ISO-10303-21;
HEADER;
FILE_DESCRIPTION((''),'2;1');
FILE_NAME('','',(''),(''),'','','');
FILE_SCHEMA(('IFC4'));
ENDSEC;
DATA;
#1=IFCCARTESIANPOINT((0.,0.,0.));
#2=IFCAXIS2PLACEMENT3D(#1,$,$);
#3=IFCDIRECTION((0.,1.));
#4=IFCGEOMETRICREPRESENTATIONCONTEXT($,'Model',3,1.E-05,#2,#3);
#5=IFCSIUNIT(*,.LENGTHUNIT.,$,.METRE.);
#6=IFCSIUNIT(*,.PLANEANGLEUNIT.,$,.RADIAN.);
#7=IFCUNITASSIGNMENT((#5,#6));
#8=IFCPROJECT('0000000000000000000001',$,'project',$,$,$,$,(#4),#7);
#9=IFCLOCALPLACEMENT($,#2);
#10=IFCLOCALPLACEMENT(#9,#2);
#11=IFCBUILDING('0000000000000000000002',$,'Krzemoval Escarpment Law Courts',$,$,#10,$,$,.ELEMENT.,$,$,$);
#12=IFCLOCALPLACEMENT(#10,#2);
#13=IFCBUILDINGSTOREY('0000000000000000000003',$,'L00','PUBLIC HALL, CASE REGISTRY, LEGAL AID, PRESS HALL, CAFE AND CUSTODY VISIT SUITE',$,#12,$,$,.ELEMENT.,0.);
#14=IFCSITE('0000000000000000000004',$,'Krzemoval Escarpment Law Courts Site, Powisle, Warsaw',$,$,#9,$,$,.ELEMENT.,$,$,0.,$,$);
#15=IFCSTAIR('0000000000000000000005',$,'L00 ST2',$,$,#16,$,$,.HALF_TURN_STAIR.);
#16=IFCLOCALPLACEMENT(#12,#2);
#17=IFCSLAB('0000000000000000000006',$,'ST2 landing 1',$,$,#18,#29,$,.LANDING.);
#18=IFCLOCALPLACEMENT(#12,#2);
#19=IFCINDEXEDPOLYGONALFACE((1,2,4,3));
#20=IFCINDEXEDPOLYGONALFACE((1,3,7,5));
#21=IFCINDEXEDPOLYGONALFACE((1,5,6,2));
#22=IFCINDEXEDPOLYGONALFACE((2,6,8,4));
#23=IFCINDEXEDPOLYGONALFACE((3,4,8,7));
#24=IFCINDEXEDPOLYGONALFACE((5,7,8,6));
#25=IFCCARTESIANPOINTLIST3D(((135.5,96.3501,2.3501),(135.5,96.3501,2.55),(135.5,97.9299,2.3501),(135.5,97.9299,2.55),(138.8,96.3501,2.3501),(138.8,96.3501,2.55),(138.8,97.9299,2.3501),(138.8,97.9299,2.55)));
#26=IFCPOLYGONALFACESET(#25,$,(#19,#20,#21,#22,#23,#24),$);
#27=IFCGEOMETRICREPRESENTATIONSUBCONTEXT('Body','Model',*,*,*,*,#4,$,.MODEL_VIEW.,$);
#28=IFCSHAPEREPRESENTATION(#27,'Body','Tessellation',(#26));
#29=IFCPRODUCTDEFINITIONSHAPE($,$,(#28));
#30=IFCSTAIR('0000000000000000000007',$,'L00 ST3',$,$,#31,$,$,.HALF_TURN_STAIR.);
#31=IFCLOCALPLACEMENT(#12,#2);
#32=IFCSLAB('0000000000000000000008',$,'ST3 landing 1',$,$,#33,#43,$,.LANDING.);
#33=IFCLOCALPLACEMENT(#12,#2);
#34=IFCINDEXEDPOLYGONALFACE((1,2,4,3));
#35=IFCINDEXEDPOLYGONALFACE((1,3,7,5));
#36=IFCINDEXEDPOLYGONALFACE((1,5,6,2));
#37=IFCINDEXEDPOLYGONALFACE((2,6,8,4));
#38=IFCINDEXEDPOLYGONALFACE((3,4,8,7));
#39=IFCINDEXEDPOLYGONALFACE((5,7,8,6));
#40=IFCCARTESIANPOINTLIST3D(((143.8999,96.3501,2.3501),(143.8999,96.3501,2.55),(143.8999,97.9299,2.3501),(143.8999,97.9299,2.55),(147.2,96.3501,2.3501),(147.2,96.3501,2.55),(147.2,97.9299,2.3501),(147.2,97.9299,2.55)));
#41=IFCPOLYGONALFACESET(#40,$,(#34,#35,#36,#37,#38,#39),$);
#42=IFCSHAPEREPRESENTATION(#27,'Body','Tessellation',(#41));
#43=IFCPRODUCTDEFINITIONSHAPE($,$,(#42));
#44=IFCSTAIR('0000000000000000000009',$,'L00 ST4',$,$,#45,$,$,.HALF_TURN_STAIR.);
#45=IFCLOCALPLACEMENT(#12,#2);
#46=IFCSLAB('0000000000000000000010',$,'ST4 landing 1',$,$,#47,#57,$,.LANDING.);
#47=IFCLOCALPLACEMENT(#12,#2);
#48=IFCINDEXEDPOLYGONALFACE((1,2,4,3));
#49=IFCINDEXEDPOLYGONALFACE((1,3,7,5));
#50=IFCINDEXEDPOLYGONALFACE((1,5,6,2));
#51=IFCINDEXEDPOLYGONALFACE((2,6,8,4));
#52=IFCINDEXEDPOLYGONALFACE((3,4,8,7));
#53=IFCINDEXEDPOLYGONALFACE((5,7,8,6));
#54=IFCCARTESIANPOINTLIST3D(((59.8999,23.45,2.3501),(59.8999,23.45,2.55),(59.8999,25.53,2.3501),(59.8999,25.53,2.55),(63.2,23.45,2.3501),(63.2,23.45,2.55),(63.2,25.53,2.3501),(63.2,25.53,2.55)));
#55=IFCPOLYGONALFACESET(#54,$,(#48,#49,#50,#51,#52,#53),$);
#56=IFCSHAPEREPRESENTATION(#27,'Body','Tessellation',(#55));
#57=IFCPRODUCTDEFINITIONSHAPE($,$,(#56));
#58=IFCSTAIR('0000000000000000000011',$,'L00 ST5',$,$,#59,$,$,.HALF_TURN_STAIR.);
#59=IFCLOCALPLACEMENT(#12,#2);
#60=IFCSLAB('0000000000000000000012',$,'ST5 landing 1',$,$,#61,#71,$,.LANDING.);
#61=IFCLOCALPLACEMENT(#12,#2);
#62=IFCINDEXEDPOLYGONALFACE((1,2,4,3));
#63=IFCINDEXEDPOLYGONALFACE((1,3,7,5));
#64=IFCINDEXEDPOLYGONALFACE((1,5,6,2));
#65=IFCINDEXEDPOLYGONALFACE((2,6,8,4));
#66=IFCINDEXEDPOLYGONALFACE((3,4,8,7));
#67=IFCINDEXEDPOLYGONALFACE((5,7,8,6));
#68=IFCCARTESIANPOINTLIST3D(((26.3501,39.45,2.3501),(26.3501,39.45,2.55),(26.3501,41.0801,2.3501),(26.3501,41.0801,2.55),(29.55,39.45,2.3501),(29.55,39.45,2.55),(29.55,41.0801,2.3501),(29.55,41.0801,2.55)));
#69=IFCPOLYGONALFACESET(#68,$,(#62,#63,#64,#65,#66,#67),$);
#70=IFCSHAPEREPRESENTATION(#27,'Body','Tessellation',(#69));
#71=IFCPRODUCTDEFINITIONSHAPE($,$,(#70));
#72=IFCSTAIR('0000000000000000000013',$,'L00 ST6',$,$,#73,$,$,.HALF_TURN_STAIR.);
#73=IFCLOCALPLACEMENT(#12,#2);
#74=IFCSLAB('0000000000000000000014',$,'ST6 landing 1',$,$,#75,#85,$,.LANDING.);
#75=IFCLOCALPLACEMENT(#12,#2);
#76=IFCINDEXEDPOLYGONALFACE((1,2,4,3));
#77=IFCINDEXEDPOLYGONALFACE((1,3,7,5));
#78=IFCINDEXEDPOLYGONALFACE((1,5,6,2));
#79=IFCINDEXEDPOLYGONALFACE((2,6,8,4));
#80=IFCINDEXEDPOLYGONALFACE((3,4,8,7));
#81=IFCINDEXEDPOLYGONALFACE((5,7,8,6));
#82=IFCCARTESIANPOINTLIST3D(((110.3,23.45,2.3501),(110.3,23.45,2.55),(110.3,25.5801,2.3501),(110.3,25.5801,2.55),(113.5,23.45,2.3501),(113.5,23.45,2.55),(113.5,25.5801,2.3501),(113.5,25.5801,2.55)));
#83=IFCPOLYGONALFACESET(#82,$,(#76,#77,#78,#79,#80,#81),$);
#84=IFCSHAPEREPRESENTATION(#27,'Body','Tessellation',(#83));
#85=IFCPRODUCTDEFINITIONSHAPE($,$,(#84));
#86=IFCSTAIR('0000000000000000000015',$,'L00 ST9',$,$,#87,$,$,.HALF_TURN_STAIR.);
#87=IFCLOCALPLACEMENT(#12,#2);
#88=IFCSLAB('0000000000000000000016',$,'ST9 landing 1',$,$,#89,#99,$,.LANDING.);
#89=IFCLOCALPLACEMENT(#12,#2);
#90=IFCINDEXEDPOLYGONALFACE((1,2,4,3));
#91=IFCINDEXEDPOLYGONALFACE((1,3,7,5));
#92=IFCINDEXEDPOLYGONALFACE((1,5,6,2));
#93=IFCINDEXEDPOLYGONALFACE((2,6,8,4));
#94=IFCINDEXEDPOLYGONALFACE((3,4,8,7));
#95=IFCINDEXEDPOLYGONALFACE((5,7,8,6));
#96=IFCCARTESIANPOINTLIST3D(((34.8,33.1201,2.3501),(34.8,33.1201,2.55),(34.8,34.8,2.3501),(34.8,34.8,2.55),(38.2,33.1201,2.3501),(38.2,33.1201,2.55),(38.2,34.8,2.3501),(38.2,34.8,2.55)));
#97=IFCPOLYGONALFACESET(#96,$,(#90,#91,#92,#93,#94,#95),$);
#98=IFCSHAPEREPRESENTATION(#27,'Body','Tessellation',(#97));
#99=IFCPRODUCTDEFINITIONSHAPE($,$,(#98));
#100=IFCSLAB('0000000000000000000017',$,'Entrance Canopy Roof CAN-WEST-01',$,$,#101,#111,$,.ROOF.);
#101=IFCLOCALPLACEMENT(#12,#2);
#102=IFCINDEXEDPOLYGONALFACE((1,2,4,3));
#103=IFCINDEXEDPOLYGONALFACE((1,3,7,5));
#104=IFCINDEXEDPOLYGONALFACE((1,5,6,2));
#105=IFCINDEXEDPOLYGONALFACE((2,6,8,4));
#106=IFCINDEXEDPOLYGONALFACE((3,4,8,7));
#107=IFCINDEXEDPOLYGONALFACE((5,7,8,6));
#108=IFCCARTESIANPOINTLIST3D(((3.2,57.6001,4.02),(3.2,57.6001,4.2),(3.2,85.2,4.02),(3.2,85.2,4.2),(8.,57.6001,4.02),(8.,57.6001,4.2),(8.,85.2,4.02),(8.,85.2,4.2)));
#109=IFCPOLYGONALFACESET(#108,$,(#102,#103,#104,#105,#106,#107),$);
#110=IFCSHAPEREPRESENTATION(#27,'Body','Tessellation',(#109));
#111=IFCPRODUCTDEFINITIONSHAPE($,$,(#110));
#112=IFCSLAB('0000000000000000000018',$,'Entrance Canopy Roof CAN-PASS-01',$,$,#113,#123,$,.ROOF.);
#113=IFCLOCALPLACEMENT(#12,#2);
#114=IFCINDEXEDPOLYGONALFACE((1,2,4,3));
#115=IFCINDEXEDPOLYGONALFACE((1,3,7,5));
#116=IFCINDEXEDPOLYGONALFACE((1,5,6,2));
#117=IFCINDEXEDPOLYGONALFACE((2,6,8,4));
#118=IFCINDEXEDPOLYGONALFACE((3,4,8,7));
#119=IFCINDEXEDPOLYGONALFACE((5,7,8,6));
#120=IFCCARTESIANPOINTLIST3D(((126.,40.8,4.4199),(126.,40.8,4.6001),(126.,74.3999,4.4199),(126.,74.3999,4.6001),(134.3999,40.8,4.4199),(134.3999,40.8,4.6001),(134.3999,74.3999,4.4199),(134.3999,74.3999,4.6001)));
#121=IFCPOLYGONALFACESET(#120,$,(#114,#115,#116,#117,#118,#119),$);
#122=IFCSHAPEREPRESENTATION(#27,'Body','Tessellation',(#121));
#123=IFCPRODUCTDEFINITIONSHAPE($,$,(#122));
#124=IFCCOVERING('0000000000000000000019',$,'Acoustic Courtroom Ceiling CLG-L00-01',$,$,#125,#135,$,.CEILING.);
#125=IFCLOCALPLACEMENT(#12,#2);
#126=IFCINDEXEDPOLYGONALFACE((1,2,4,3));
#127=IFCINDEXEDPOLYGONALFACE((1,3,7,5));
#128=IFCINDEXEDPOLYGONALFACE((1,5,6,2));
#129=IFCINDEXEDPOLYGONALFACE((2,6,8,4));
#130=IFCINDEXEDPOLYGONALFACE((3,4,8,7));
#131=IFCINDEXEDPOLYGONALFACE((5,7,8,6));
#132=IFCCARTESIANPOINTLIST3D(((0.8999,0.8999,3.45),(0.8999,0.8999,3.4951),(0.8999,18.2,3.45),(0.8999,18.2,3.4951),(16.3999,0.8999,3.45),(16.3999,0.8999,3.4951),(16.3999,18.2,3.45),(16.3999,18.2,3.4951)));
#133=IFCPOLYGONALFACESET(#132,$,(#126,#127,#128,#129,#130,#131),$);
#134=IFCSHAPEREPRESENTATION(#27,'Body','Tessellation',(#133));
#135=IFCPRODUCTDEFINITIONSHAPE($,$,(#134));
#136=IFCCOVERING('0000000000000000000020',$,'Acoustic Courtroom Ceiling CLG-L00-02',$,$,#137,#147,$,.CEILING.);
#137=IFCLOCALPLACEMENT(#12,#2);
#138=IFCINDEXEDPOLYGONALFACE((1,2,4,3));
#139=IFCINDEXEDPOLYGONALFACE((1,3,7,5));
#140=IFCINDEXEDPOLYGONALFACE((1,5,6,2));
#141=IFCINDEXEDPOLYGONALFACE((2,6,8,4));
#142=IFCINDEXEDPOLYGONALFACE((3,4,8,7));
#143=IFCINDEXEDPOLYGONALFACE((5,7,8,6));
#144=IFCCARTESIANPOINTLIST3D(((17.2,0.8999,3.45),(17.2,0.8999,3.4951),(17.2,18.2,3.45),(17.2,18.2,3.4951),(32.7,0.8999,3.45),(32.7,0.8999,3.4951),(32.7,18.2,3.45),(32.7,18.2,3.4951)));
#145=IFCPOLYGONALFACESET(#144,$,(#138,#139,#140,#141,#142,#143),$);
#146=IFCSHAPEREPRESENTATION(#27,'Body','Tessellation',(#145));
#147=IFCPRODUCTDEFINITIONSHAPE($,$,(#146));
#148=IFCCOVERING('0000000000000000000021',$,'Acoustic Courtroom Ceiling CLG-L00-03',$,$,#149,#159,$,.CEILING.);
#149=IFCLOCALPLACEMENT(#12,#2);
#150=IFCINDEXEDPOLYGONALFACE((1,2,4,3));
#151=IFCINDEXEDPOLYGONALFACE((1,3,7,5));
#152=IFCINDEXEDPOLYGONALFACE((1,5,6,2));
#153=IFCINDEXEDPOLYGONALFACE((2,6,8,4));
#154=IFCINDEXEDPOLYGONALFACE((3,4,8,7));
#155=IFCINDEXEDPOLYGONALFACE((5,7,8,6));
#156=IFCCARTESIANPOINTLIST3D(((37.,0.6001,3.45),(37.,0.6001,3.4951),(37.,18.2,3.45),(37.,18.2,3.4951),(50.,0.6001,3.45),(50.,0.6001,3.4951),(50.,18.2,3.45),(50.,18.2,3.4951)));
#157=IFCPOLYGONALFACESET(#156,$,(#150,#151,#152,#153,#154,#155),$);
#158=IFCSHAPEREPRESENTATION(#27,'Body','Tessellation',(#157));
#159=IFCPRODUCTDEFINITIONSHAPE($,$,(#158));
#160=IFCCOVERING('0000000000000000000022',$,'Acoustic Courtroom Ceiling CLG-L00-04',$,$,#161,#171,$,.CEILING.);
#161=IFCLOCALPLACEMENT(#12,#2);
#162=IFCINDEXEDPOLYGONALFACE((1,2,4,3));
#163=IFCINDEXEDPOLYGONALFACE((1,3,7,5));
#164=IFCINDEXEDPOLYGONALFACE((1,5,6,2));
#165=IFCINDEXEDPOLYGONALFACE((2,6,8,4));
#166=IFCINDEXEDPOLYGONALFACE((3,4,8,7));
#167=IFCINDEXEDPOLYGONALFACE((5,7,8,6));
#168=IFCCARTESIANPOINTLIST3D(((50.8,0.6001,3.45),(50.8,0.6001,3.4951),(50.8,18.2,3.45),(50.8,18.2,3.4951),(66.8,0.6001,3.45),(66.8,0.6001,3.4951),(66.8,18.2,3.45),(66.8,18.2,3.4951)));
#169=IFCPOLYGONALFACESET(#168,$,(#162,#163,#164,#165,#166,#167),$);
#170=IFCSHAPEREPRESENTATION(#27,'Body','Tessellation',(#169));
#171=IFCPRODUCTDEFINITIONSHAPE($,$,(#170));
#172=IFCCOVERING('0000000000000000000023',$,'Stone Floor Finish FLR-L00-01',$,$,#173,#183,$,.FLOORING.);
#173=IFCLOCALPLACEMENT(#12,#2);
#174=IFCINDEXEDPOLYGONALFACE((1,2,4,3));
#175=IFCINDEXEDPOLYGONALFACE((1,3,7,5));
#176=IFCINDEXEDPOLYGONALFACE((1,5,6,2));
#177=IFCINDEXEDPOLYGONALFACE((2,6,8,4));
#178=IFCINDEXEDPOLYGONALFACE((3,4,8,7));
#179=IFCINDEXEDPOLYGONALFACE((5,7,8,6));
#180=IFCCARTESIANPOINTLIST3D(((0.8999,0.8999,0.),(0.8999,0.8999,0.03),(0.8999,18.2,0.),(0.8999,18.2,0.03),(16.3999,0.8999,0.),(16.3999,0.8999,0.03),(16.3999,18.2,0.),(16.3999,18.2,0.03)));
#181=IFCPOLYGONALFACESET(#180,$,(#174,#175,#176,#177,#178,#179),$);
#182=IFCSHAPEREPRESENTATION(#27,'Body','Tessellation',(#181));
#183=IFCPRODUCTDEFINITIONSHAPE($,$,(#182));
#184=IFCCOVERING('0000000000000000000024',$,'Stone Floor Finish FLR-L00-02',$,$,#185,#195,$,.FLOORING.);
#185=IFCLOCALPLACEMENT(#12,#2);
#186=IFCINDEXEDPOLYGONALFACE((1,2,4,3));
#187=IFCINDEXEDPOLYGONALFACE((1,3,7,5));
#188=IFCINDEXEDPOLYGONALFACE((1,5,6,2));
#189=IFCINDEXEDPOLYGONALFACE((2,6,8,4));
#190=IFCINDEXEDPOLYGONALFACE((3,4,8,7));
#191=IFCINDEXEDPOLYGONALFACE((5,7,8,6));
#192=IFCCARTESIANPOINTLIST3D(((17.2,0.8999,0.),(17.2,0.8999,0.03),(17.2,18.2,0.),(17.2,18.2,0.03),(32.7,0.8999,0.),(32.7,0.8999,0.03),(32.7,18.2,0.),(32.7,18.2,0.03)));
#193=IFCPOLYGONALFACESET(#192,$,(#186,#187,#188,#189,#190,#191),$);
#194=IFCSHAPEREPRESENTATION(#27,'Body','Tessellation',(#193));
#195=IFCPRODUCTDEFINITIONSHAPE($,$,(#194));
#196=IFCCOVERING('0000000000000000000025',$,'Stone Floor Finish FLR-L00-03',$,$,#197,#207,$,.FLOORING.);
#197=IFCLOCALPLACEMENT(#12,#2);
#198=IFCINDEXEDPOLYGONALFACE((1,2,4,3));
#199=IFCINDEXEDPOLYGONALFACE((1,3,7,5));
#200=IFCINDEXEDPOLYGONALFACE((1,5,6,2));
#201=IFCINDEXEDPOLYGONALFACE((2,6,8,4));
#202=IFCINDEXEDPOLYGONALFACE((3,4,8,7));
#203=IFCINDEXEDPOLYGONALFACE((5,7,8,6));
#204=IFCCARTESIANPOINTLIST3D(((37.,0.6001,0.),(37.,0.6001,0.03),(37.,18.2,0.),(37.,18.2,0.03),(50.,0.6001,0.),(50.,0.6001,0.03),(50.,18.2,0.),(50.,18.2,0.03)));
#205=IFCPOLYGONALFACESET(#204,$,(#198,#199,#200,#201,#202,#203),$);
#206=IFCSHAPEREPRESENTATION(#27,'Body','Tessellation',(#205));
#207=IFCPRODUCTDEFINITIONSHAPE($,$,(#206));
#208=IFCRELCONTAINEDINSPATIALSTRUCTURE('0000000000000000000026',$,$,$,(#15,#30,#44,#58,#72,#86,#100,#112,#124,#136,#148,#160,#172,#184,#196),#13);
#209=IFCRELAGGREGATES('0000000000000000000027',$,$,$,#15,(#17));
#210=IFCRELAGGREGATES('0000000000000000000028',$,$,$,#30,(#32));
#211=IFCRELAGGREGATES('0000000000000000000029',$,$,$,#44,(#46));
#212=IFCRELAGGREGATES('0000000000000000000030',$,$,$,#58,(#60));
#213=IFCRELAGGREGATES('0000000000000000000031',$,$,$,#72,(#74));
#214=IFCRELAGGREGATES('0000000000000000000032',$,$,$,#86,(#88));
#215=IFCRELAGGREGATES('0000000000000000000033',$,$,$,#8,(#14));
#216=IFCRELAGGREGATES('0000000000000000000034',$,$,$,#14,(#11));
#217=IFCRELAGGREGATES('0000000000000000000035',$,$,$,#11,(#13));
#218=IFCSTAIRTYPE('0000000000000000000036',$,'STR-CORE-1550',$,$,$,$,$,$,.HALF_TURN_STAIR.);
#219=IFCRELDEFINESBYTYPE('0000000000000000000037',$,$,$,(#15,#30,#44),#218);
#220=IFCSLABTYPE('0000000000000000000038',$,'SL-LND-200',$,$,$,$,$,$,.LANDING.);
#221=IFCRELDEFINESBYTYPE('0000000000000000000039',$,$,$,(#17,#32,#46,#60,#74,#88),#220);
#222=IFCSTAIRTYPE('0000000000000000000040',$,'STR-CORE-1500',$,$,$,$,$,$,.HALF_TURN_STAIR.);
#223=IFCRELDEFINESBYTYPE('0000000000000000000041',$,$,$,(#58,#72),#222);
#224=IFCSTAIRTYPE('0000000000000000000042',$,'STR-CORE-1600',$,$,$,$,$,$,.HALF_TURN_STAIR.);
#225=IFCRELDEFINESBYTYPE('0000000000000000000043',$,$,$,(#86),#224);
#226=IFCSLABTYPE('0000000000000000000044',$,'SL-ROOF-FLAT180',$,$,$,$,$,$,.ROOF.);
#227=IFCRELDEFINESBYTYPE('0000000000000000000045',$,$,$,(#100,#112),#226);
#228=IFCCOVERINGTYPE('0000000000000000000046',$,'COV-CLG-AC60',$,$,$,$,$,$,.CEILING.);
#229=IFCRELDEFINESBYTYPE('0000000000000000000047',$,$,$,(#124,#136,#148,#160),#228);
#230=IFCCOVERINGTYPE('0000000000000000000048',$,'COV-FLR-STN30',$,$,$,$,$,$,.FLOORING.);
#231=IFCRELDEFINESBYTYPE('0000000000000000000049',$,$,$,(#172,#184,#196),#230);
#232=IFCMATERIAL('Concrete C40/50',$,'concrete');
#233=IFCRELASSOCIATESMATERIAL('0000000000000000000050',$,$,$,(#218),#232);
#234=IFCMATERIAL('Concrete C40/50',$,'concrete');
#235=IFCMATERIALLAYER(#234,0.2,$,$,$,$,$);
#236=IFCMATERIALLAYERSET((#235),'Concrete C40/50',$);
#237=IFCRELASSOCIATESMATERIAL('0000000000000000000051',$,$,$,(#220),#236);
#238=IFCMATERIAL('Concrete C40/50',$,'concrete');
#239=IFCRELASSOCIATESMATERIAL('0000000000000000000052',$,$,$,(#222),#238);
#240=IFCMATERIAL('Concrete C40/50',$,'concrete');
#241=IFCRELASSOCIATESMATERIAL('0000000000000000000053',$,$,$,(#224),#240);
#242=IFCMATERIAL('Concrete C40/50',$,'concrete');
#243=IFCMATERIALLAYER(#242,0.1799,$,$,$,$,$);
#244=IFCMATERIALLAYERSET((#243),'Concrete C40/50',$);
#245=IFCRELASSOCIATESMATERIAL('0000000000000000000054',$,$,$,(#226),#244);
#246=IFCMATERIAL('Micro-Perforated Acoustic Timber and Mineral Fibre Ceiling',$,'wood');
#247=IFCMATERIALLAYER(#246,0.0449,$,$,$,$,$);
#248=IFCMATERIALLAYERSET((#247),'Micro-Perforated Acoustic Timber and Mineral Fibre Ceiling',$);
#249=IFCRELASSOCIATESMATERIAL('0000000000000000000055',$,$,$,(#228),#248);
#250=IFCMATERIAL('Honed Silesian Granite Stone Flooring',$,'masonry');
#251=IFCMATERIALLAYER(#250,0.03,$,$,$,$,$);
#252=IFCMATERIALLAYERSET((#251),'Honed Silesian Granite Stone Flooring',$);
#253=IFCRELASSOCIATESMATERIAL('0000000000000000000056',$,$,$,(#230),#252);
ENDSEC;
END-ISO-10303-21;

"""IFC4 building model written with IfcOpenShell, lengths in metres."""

from ifc_helpers import new_model, si_unit, direction, frame, origin, place, context, subcontext, project, spatial, polyline, outline, extrude, material, layer, layer_set, type_object, element, aggregate, save


model = new_model("IFC4")

# Units and contexts
model_context = context("Model", 3, precision=1e-05, world=origin(), true_north=direction((0.0, 1.0)))
body_context = subcontext(model_context, "Body", "Model", "MODEL_VIEW")
ifc_project = project(units=[si_unit("LENGTHUNIT", "METRE"), si_unit("PLANEANGLEUNIT", "RADIAN")], contexts=[model_context])

# Site, building, storey
site_placement = place(None, origin())
site = spatial("IfcSite", under=ifc_project, at=site_placement, Name="Krzemoval Escarpment Law Courts Site, Powisle, Warsaw", CompositionType="ELEMENT", RefElevation=0.0)
building_placement = place(site_placement, origin())
building = spatial("IfcBuilding", under=site, at=building_placement, Name="Krzemoval Escarpment Law Courts", CompositionType="ELEMENT")
storey_placement = place(building_placement, origin())
storey = spatial("IfcBuildingStorey", under=building, at=storey_placement, Name="L00", Description="PUBLIC HALL, CASE REGISTRY, LEGAL AID, PRESS HALL, CAFE AND CUSTODY VISIT SUITE", CompositionType="ELEMENT", Elevation=0.0)

# Stairs, slabs
ifc_material_1 = material(Name="Concrete C40/50", Category="concrete")
stair_type_1 = type_object("IfcStairType", Name="STR-CORE-1550", PredefinedType="HALF_TURN_STAIR", material=ifc_material_1)
ifc_material_2 = material(Name="Concrete C40/50", Category="concrete")
ifc_layer_1 = layer(ifc_material_2, 0.2)
ifc_layer_set_1 = layer_set([ifc_layer_1], Name="Concrete C40/50")
slab_type_1 = type_object("IfcSlabType", Name="SL-LND-200", PredefinedType="LANDING", material=ifc_layer_set_1)
stair_1_placement = place(storey_placement, origin())
stair_1 = element("IfcStair", 1, at=stair_1_placement, inside=storey, type_object=stair_type_1, Name="L00 ST2", PredefinedType="HALF_TURN_STAIR")
slab_1_placement = place(storey_placement, frame((0.0, 0.0, 2.3501)))
slab_1 = element("IfcSlab", 2, at=slab_1_placement, type_object=slab_type_1, Name="ST2 landing 1", PredefinedType="LANDING", context=body_context, shape_type="SweptSolid", body=[
    extrude(outline(polyline([(135.5, 97.9299), (135.5, 96.3501), (138.8, 96.3501), (138.8, 97.9299), (135.5, 97.9299)])), origin(), (0.0, 0.0, 1.0), 0.2),
])
aggregate(stair_1, [slab_1])
stair_2_placement = place(storey_placement, origin())
stair_2 = element("IfcStair", 3, at=stair_2_placement, inside=storey, type_object=stair_type_1, Name="L00 ST3", PredefinedType="HALF_TURN_STAIR")
slab_2_placement = place(storey_placement, frame((0.0, 0.0, 2.3501)))
slab_2 = element("IfcSlab", 4, at=slab_2_placement, type_object=slab_type_1, Name="ST3 landing 1", PredefinedType="LANDING", context=body_context, shape_type="SweptSolid", body=[
    extrude(outline(polyline([(143.8999, 97.9299), (143.8999, 96.3501), (147.2, 96.3501), (147.2, 97.9299), (143.8999, 97.9299)])), origin(), (0.0, 0.0, 1.0), 0.2),
])
aggregate(stair_2, [slab_2])
stair_3_placement = place(storey_placement, origin())
stair_3 = element("IfcStair", 5, at=stair_3_placement, inside=storey, type_object=stair_type_1, Name="L00 ST4", PredefinedType="HALF_TURN_STAIR")
slab_3_placement = place(storey_placement, frame((0.0, 0.0, 2.3501)))
slab_3 = element("IfcSlab", 6, at=slab_3_placement, type_object=slab_type_1, Name="ST4 landing 1", PredefinedType="LANDING", context=body_context, shape_type="SweptSolid", body=[
    extrude(outline(polyline([(59.8999, 25.53), (59.8999, 23.45), (63.2, 23.45), (63.2, 25.53), (59.8999, 25.53)])), origin(), (0.0, 0.0, 1.0), 0.2),
])
aggregate(stair_3, [slab_3])
ifc_material_3 = material(Name="Concrete C40/50", Category="concrete")
stair_type_2 = type_object("IfcStairType", Name="STR-CORE-1500", PredefinedType="HALF_TURN_STAIR", material=ifc_material_3)
stair_4_placement = place(storey_placement, origin())
stair_4 = element("IfcStair", 7, at=stair_4_placement, inside=storey, type_object=stair_type_2, Name="L00 ST5", PredefinedType="HALF_TURN_STAIR")
slab_4_placement = place(storey_placement, frame((0.0, 0.0, 2.3501)))
slab_4 = element("IfcSlab", 8, at=slab_4_placement, type_object=slab_type_1, Name="ST5 landing 1", PredefinedType="LANDING", context=body_context, shape_type="SweptSolid", body=[
    extrude(outline(polyline([(26.3501, 41.0801), (26.3501, 39.45), (29.55, 39.45), (29.55, 41.0801), (26.3501, 41.0801)])), origin(), (0.0, 0.0, 1.0), 0.2),
])
aggregate(stair_4, [slab_4])
stair_5_placement = place(storey_placement, origin())
stair_5 = element("IfcStair", 9, at=stair_5_placement, inside=storey, type_object=stair_type_2, Name="L00 ST6", PredefinedType="HALF_TURN_STAIR")
slab_5_placement = place(storey_placement, frame((0.0, 0.0, 2.3501)))
slab_5 = element("IfcSlab", 10, at=slab_5_placement, type_object=slab_type_1, Name="ST6 landing 1", PredefinedType="LANDING", context=body_context, shape_type="SweptSolid", body=[
    extrude(outline(polyline([(110.3, 25.5801), (110.3, 23.45), (113.5, 23.45), (113.5, 25.5801), (110.3, 25.5801)])), origin(), (0.0, 0.0, 1.0), 0.2),
])
aggregate(stair_5, [slab_5])
ifc_material_4 = material(Name="Concrete C40/50", Category="concrete")
stair_type_3 = type_object("IfcStairType", Name="STR-CORE-1600", PredefinedType="HALF_TURN_STAIR", material=ifc_material_4)
stair_6_placement = place(storey_placement, origin())
stair_6 = element("IfcStair", 11, at=stair_6_placement, inside=storey, type_object=stair_type_3, Name="L00 ST9", PredefinedType="HALF_TURN_STAIR")
slab_6_placement = place(storey_placement, frame((0.0, 0.0, 2.3501)))
slab_6 = element("IfcSlab", 12, at=slab_6_placement, type_object=slab_type_1, Name="ST9 landing 1", PredefinedType="LANDING", context=body_context, shape_type="SweptSolid", body=[
    extrude(outline(polyline([(38.2, 33.1201), (38.2, 34.8), (34.8, 34.8), (34.8, 33.1201), (38.2, 33.1201)])), origin(), (0.0, 0.0, 1.0), 0.2),
])
aggregate(stair_6, [slab_6])

# Slabs
ifc_material_5 = material(Name="Concrete C40/50", Category="concrete")
ifc_layer_2 = layer(ifc_material_5, 0.1799)
ifc_layer_set_2 = layer_set([ifc_layer_2], Name="Concrete C40/50")
slab_type_2 = type_object("IfcSlabType", Name="SL-ROOF-FLAT180", PredefinedType="ROOF", material=ifc_layer_set_2)
slab_7_placement = place(storey_placement, frame((0.0, 0.0, 4.02)))
element("IfcSlab", 13, at=slab_7_placement, inside=storey, type_object=slab_type_2, Name="Entrance Canopy Roof CAN-WEST-01", PredefinedType="ROOF", context=body_context, shape_type="SweptSolid", body=[
    extrude(outline(polyline([(8.0, 57.6001), (8.0, 85.2), (3.2, 85.2), (3.2, 57.6001), (8.0, 57.6001)])), origin(), (0.0, 0.0, 1.0), 0.1799),
])
slab_8_placement = place(storey_placement, frame((0.0, 0.0, 4.4199)))
element("IfcSlab", 14, at=slab_8_placement, inside=storey, type_object=slab_type_2, Name="Entrance Canopy Roof CAN-PASS-01", PredefinedType="ROOF", context=body_context, shape_type="SweptSolid", body=[
    extrude(outline(polyline([(134.3999, 40.8), (134.3999, 74.3999), (126.0, 74.3999), (126.0, 40.8), (134.3999, 40.8)])), origin(), (0.0, 0.0, 1.0), 0.1802),
])

# Coverings
ifc_material_6 = material(Name="Micro-Perforated Acoustic Timber and Mineral Fibre Ceiling", Category="wood")
ifc_layer_3 = layer(ifc_material_6, 0.0449)
ifc_layer_set_3 = layer_set([ifc_layer_3], Name="Micro-Perforated Acoustic Timber and Mineral Fibre Ceiling")
covering_type_1 = type_object("IfcCoveringType", Name="COV-CLG-AC60", PredefinedType="CEILING", material=ifc_layer_set_3)
covering_1_placement = place(storey_placement, frame((0.0, 0.0, 3.45)))
element("IfcCovering", 15, at=covering_1_placement, inside=storey, type_object=covering_type_1, Name="Acoustic Courtroom Ceiling CLG-L00-01", PredefinedType="CEILING", context=body_context, shape_type="SweptSolid", body=[
    extrude(outline(polyline([(0.8999, 0.8999), (0.8999, 18.2), (16.3999, 18.2), (16.3999, 0.8999), (0.8999, 0.8999)])), origin(), (0.0, 0.0, 1.0), 0.0452),
])
covering_2_placement = place(storey_placement, frame((0.0, 0.0, 3.45)))
element("IfcCovering", 16, at=covering_2_placement, inside=storey, type_object=covering_type_1, Name="Acoustic Courtroom Ceiling CLG-L00-02", PredefinedType="CEILING", context=body_context, shape_type="SweptSolid", body=[
    extrude(outline(polyline([(17.2, 0.8999), (17.2, 18.2), (32.7, 18.2), (32.7, 0.8999), (17.2, 0.8999)])), origin(), (0.0, 0.0, 1.0), 0.0452),
])
covering_3_placement = place(storey_placement, frame((0.0, 0.0, 3.45)))
element("IfcCovering", 17, at=covering_3_placement, inside=storey, type_object=covering_type_1, Name="Acoustic Courtroom Ceiling CLG-L00-03", PredefinedType="CEILING", context=body_context, shape_type="SweptSolid", body=[
    extrude(outline(polyline([(37.0, 0.6001), (37.0, 18.2), (50.0, 18.2), (50.0, 0.6001), (37.0, 0.6001)])), origin(), (0.0, 0.0, 1.0), 0.0452),
])
covering_4_placement = place(storey_placement, frame((0.0, 0.0, 3.45)))
element("IfcCovering", 18, at=covering_4_placement, inside=storey, type_object=covering_type_1, Name="Acoustic Courtroom Ceiling CLG-L00-04", PredefinedType="CEILING", context=body_context, shape_type="SweptSolid", body=[
    extrude(outline(polyline([(50.8, 0.6001), (50.8, 18.2), (66.8, 18.2), (66.8, 0.6001), (50.8, 0.6001)])), origin(), (0.0, 0.0, 1.0), 0.0452),
])
ifc_material_7 = material(Name="Honed Silesian Granite Stone Flooring", Category="masonry")
ifc_layer_4 = layer(ifc_material_7, 0.03)
ifc_layer_set_4 = layer_set([ifc_layer_4], Name="Honed Silesian Granite Stone Flooring")
covering_type_2 = type_object("IfcCoveringType", Name="COV-FLR-STN30", PredefinedType="FLOORING", material=ifc_layer_set_4)
covering_5_placement = place(storey_placement, origin())
element("IfcCovering", 19, at=covering_5_placement, inside=storey, type_object=covering_type_2, Name="Stone Floor Finish FLR-L00-01", PredefinedType="FLOORING", context=body_context, shape_type="SweptSolid", body=[
    extrude(outline(polyline([(0.8999, 0.8999), (0.8999, 18.2), (16.3999, 18.2), (16.3999, 0.8999), (0.8999, 0.8999)])), origin(), (0.0, 0.0, 1.0), 0.03),
])
covering_6_placement = place(storey_placement, origin())
element("IfcCovering", 20, at=covering_6_placement, inside=storey, type_object=covering_type_2, Name="Stone Floor Finish FLR-L00-02", PredefinedType="FLOORING", context=body_context, shape_type="SweptSolid", body=[
    extrude(outline(polyline([(17.2, 0.8999), (17.2, 18.2), (32.7, 18.2), (32.7, 0.8999), (17.2, 0.8999)])), origin(), (0.0, 0.0, 1.0), 0.03),
])
covering_7_placement = place(storey_placement, origin())
element("IfcCovering", 21, at=covering_7_placement, inside=storey, type_object=covering_type_2, Name="Stone Floor Finish FLR-L00-03", PredefinedType="FLOORING", context=body_context, shape_type="SweptSolid", body=[
    extrude(outline(polyline([(37.0, 0.6001), (37.0, 18.2), (50.0, 18.2), (50.0, 0.6001), (37.0, 0.6001)])), origin(), (0.0, 0.0, 1.0), 0.03),
])

save(model, "model.ifc")
